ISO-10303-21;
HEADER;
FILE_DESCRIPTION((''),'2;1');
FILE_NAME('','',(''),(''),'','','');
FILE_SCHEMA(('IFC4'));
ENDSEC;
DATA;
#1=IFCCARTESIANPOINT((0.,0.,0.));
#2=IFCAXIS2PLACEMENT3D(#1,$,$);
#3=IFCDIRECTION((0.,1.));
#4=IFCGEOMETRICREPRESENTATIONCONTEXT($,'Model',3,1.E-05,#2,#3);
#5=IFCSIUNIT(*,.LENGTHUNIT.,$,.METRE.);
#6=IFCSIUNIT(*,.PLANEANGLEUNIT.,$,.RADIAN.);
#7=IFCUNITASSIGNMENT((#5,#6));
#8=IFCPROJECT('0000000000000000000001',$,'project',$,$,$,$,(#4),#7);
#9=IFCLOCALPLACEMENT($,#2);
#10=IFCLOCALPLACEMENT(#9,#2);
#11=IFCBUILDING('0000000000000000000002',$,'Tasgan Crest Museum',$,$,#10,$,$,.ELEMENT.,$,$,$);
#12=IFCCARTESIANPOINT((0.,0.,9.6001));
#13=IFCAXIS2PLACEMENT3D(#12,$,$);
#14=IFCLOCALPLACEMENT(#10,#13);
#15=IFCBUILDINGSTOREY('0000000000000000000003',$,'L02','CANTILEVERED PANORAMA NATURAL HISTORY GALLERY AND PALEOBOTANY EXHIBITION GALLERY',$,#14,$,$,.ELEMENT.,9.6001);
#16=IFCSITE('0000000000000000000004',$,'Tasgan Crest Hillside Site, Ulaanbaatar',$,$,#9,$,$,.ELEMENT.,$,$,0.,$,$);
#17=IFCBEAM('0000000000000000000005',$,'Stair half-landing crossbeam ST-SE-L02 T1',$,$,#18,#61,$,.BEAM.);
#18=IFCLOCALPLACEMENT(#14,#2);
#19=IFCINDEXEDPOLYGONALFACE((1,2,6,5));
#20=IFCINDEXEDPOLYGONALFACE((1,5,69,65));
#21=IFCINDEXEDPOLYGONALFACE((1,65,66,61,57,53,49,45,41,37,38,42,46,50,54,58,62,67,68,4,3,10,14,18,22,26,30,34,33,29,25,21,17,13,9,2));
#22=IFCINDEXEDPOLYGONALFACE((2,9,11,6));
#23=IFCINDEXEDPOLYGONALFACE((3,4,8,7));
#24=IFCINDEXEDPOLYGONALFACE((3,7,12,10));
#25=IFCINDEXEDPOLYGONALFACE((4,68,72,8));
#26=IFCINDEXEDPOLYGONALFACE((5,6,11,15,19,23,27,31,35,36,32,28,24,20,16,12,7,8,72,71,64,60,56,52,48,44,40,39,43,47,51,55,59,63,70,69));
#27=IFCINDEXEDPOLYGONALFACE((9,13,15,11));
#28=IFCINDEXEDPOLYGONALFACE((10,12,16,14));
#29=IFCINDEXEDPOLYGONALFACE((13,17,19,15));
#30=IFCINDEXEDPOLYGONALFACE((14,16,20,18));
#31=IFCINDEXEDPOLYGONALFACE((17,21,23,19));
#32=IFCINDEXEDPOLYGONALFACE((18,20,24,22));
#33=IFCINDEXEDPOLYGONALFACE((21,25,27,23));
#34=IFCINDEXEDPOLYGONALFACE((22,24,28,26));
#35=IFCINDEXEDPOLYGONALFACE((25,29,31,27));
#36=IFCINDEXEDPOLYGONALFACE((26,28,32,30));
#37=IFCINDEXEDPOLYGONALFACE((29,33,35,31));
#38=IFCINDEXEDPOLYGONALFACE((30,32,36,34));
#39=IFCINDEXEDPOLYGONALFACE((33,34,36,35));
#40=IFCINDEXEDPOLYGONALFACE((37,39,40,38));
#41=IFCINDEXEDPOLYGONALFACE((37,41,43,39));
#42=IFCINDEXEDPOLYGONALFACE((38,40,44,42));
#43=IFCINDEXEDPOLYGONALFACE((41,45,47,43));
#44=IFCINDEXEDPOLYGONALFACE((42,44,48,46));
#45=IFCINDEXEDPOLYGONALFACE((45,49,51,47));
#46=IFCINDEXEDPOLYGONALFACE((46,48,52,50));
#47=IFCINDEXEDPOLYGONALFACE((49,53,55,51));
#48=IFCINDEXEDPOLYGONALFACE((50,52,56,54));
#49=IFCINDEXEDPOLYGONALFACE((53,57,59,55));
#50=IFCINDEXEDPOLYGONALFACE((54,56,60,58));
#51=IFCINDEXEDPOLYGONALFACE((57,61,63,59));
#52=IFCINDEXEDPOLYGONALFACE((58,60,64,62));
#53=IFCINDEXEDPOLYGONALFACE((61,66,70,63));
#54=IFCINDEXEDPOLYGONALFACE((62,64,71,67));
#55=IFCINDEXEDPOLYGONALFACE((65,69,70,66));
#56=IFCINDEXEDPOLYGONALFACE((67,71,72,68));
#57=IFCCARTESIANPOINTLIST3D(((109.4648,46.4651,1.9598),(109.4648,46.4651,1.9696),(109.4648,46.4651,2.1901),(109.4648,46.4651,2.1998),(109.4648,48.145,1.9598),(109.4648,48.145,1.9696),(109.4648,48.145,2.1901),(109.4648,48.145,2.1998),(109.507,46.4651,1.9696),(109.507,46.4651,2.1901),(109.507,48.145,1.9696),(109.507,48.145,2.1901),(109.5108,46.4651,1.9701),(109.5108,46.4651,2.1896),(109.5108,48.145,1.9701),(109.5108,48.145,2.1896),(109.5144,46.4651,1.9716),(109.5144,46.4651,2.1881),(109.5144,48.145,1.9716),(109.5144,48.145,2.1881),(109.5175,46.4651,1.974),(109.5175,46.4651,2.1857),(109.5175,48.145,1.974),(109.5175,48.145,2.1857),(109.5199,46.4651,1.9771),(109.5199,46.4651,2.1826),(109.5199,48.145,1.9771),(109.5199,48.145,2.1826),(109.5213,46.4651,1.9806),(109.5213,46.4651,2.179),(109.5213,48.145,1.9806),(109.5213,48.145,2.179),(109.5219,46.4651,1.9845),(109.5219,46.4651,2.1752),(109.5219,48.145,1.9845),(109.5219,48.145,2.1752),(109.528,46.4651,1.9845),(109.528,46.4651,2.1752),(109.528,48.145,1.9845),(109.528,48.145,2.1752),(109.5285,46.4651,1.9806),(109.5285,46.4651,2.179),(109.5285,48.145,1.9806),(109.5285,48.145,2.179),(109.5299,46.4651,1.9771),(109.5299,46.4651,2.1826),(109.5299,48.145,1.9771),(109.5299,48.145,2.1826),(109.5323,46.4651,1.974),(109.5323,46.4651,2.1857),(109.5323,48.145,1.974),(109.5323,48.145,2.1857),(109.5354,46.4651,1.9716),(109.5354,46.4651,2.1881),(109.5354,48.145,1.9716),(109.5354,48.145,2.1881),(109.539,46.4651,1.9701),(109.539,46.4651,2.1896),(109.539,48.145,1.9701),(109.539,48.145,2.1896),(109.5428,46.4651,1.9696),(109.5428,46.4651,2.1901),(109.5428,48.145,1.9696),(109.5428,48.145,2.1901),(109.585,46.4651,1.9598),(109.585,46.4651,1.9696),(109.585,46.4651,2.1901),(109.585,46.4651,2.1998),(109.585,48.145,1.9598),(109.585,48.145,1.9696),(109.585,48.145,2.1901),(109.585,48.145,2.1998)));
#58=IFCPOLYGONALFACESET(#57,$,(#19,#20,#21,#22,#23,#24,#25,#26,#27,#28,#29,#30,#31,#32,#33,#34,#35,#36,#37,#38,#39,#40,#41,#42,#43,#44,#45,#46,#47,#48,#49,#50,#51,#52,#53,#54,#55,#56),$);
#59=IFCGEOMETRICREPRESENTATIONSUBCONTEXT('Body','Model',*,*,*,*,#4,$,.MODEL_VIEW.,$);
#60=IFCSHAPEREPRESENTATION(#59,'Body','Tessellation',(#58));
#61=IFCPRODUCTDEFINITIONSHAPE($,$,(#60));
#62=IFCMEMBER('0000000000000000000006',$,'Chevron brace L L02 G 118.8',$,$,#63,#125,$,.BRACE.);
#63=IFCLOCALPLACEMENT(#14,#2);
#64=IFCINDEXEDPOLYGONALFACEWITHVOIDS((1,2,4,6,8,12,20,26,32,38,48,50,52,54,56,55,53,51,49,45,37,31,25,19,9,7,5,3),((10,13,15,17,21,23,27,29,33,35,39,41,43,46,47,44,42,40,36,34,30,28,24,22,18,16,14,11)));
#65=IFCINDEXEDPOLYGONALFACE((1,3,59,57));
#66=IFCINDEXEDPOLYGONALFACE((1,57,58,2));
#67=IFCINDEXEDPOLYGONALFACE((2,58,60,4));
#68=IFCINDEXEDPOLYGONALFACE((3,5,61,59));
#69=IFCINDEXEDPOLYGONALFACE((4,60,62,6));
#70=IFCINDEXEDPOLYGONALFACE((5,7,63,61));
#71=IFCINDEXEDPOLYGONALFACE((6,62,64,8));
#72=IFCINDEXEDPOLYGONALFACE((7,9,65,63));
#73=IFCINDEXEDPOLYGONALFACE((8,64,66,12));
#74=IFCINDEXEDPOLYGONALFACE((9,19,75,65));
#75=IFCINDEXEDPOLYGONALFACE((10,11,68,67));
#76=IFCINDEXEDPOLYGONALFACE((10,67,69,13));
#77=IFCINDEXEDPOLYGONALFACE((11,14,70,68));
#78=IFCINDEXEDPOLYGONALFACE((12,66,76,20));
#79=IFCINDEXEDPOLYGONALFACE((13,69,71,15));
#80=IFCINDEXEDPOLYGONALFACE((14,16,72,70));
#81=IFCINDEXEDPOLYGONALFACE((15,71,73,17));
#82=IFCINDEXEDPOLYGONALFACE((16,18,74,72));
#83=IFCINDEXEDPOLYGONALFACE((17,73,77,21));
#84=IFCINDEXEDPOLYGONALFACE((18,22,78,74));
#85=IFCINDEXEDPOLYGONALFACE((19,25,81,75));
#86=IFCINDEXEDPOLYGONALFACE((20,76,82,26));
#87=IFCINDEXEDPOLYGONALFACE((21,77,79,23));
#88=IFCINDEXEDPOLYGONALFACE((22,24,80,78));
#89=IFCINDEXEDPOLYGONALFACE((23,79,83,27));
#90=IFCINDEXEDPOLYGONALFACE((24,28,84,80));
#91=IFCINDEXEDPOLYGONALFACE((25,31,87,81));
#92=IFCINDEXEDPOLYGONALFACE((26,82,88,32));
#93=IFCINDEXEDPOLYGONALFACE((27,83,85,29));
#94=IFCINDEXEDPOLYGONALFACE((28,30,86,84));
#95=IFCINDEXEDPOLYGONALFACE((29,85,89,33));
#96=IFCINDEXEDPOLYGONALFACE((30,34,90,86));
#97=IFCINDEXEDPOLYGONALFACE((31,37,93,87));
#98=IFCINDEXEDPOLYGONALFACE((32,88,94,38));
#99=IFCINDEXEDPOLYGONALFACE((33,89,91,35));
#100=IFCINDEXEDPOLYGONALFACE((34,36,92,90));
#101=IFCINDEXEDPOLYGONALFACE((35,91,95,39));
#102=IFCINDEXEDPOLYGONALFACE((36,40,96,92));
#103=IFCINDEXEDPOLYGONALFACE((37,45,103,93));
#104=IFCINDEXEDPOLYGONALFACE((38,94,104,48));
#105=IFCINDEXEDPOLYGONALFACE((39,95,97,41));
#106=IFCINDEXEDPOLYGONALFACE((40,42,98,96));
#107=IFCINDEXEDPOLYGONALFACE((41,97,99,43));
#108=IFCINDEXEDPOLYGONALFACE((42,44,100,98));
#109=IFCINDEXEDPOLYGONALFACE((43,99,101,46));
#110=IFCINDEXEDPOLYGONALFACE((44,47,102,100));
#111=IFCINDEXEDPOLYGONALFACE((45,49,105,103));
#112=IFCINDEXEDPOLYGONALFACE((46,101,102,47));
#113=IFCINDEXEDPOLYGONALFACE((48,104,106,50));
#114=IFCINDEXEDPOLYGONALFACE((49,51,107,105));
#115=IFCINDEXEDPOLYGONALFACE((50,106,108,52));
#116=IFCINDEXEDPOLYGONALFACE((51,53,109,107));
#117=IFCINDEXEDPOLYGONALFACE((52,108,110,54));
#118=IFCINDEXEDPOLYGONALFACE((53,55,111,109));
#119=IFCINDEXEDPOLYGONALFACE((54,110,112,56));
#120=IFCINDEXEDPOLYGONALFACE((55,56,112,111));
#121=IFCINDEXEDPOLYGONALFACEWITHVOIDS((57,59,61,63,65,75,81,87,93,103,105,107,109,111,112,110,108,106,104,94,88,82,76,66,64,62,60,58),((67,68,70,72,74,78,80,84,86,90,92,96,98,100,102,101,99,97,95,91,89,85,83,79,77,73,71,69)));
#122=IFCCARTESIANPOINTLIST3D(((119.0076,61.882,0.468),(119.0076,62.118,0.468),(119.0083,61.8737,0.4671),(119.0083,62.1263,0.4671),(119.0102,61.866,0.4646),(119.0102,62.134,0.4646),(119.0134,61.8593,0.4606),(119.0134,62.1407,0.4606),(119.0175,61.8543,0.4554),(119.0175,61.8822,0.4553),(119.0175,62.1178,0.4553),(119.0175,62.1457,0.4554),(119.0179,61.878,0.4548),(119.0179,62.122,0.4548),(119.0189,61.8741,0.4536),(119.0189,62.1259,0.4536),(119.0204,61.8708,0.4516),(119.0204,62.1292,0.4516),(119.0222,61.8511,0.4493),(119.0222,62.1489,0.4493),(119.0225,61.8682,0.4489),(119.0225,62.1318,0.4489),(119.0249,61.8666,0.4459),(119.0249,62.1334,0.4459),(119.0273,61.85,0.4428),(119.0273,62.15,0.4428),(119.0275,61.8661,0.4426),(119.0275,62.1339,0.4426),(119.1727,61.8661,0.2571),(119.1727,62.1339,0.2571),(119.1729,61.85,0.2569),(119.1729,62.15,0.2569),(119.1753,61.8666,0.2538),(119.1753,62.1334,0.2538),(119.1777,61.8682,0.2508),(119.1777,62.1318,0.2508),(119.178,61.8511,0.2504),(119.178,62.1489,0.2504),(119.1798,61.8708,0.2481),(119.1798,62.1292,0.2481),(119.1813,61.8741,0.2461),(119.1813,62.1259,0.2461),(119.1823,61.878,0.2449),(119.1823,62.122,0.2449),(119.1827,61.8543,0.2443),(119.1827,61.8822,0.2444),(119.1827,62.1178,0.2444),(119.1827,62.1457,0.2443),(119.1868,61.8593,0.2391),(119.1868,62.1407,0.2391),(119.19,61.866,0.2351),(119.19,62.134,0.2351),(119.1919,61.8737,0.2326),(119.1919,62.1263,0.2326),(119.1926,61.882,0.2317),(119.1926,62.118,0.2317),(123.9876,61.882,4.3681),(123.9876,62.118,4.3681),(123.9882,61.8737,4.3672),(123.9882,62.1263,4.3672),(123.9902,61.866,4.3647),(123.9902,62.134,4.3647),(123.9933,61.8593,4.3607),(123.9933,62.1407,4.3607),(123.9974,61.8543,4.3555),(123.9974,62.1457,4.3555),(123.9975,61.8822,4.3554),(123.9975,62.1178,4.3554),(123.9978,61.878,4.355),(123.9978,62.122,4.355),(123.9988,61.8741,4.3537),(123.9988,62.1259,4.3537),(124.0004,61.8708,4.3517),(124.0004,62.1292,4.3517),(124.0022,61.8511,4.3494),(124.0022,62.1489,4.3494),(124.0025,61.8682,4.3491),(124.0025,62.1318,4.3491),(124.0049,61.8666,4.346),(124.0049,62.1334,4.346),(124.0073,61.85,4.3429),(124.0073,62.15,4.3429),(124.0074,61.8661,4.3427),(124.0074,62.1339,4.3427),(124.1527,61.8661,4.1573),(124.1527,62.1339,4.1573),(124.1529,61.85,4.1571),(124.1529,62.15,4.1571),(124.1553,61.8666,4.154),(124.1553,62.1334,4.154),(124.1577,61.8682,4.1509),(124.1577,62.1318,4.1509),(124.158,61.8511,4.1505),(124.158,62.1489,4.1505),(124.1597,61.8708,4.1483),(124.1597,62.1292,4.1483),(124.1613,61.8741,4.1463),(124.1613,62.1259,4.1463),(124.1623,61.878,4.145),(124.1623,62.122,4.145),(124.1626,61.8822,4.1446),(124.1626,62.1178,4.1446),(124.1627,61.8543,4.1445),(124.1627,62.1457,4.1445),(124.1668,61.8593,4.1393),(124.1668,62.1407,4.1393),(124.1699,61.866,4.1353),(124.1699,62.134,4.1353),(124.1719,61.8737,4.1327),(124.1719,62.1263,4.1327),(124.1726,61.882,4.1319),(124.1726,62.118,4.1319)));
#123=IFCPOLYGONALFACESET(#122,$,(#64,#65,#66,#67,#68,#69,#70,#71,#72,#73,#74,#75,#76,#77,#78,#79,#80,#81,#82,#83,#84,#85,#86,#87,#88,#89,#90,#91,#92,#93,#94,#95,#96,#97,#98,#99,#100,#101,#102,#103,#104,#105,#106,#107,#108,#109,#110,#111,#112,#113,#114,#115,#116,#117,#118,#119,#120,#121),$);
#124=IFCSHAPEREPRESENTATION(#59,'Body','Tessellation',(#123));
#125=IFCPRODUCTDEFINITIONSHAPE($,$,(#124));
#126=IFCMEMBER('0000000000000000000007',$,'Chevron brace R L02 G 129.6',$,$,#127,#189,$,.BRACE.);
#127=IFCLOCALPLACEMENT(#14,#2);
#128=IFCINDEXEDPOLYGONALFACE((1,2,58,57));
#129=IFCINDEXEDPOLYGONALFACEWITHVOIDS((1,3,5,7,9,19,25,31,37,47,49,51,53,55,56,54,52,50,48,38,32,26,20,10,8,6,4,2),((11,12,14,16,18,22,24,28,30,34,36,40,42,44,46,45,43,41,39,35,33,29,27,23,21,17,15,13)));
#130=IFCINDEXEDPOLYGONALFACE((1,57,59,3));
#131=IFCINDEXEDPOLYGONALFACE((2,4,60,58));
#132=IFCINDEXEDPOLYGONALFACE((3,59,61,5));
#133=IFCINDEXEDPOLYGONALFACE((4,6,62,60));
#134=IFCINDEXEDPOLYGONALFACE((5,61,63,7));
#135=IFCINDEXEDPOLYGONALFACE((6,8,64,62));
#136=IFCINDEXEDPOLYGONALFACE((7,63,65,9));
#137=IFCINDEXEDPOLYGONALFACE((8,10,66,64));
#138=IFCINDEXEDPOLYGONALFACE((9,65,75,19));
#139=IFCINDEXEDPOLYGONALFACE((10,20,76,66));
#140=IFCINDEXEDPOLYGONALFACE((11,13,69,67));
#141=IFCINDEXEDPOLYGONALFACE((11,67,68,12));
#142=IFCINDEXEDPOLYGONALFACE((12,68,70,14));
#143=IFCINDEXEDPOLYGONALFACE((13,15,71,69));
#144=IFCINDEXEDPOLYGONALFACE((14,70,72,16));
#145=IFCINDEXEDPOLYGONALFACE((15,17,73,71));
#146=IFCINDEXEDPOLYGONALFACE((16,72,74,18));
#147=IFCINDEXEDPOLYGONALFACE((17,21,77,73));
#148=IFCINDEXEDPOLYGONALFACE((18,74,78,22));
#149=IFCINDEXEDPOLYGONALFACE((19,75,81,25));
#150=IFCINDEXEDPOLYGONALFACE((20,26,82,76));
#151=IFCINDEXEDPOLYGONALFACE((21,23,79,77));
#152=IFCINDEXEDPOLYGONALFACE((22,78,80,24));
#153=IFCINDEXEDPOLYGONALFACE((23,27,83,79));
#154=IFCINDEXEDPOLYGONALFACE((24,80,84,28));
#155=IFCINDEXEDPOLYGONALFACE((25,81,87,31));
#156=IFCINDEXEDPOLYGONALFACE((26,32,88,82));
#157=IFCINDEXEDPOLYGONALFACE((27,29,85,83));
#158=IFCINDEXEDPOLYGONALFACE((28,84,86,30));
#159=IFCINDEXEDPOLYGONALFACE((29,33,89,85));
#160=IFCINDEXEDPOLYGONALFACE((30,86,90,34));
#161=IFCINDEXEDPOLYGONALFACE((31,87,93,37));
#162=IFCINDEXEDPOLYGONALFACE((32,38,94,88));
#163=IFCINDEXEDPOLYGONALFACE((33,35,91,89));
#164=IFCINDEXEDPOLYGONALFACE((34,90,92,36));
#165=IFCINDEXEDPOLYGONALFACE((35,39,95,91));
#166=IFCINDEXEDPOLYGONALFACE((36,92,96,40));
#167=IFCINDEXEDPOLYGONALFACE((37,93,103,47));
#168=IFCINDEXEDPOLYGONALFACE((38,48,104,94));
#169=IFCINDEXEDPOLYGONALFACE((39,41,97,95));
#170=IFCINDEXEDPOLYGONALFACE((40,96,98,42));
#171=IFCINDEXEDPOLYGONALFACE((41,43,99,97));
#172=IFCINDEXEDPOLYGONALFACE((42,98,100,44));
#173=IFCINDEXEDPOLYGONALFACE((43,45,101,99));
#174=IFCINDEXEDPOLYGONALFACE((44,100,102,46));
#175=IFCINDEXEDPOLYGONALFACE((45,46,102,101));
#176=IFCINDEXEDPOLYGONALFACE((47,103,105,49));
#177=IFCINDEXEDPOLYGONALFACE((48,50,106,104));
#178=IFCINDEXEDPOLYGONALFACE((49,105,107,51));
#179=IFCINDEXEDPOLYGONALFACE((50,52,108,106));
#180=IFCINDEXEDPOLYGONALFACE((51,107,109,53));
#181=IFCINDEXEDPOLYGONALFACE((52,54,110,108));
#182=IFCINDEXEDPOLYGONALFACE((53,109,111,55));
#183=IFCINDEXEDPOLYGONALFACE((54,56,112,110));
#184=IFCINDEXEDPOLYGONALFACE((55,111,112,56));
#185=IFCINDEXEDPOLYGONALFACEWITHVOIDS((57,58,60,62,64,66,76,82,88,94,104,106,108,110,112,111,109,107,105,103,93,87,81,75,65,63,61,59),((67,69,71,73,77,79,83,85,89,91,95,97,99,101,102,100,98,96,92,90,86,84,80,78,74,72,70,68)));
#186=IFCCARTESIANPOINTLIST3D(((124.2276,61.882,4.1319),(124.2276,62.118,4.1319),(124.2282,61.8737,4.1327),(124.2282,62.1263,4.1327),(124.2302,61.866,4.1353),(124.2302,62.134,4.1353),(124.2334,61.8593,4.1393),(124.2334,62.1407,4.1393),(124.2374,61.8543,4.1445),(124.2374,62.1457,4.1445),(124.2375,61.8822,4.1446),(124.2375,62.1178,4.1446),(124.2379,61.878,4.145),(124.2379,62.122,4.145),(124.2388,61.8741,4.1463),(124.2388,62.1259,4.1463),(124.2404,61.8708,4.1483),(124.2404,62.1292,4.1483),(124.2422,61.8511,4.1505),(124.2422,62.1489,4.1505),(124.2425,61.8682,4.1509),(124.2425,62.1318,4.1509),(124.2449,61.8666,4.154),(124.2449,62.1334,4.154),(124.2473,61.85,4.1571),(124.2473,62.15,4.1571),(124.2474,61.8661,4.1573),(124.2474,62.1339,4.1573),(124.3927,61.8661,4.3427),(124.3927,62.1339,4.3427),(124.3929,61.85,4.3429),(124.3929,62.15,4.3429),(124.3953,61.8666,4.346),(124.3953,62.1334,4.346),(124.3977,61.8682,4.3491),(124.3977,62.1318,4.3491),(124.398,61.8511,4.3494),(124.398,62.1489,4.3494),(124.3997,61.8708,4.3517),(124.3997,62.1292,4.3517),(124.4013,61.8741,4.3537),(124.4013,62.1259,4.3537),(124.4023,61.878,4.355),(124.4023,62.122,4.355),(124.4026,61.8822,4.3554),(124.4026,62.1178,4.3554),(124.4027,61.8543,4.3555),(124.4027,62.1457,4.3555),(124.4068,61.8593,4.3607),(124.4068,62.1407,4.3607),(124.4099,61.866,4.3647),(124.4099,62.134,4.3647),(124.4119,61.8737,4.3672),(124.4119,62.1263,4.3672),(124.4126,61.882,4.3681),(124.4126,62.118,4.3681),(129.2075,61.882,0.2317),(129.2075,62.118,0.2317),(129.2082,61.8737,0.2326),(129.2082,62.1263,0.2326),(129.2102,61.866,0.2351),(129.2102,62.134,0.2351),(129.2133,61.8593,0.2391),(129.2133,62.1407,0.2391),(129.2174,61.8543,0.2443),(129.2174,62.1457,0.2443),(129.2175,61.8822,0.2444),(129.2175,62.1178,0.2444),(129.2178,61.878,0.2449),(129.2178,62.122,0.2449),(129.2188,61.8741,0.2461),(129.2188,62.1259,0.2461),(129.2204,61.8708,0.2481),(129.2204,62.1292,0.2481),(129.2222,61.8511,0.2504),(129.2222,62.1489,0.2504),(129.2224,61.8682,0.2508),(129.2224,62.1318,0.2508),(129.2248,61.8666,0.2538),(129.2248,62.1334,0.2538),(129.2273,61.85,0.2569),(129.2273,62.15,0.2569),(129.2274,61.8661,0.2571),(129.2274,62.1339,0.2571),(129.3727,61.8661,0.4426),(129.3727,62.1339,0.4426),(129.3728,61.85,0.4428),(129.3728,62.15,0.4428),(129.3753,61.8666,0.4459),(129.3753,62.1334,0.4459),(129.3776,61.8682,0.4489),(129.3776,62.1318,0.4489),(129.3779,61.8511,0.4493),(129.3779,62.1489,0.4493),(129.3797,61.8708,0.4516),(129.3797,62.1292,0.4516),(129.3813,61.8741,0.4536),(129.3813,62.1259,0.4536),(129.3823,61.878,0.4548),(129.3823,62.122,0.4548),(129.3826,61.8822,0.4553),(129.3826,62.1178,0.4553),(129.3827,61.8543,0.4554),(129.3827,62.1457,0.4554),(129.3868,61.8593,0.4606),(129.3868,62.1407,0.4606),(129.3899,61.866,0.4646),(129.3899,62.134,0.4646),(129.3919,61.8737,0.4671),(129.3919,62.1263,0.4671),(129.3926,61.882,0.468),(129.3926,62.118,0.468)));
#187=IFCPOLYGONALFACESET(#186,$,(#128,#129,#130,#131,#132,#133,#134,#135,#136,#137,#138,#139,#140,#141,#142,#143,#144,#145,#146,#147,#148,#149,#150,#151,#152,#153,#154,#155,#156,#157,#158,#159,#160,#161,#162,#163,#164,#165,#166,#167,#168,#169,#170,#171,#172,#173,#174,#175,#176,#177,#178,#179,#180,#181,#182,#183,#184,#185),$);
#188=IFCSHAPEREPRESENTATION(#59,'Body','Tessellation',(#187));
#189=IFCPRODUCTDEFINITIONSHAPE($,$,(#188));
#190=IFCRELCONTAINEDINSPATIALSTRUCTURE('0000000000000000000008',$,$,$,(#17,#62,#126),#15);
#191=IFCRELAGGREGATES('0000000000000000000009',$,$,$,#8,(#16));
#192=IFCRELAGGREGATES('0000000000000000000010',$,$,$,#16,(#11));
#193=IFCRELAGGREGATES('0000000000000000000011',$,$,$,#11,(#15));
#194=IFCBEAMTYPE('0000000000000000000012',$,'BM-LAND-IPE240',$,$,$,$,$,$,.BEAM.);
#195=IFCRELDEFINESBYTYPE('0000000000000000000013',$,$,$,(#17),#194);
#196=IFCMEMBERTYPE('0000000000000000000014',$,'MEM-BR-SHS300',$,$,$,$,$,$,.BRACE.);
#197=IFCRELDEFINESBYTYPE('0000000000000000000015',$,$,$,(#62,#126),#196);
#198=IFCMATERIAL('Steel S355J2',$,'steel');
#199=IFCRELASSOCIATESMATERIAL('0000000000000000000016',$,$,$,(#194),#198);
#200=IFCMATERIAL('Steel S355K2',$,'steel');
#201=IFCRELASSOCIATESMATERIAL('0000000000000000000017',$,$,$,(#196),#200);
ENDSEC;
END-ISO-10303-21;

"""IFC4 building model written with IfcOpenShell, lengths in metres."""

from ifc_helpers import new_model, si_unit, direction, frame, origin, origin_2d, place, context, subcontext, project, spatial, hollow_rectangle, i_section, extrude, material, material_profile, profile_set, type_object, element, save


model = new_model("IFC4")

# Units and contexts
model_context = context("Model", 3, precision=1e-05, world=origin(), true_north=direction((0.0, 1.0)))
body_context = subcontext(model_context, "Body", "Model", "MODEL_VIEW")
ifc_project = project(units=[si_unit("LENGTHUNIT", "METRE"), si_unit("PLANEANGLEUNIT", "RADIAN")], contexts=[model_context])

# Site, building, storey
site_placement = place(None, origin())
site = spatial("IfcSite", under=ifc_project, at=site_placement, Name="Tasgan Crest Hillside Site, Ulaanbaatar", CompositionType="ELEMENT", RefElevation=0.0)
building_placement = place(site_placement, origin())
building = spatial("IfcBuilding", under=site, at=building_placement, Name="Tasgan Crest Museum", CompositionType="ELEMENT")
storey_placement = place(building_placement, frame((0.0, 0.0, 9.6001)))
storey = spatial("IfcBuildingStorey", under=building, at=storey_placement, Name="L02", Description="CANTILEVERED PANORAMA NATURAL HISTORY GALLERY AND PALEOBOTANY EXHIBITION GALLERY", CompositionType="ELEMENT", Elevation=9.6001)

# Beam
ifc_material_1 = material(Name="Steel S355J2", Category="steel")
ifc_material_profile_1 = material_profile(ifc_material_1, i_section(OverallWidth=0.1201, OverallDepth=0.24, WebThickness=0.0061, FlangeThickness=0.0098, FilletRadius=0.0149, at=origin_2d()), Name="IPE 240")
ifc_profile_set_1 = profile_set([ifc_material_profile_1], Name="Steel S355J2")
beam_type_1 = type_object("IfcBeamType", Name="BM-LAND-IPE240", PredefinedType="BEAM", material=ifc_profile_set_1)
beam_1_placement = place(storey_placement, frame((109.5249, 46.4651, 2.0798), z_axis=(0.0, 1.0, 0.0), x_axis=(-1.0, 0.0, 0.0)))
element("IfcBeam", 1, at=beam_1_placement, inside=storey, type_object=beam_type_1, Name="Stair half-landing crossbeam ST-SE-L02 T1", PredefinedType="BEAM", context=body_context, shape_type="SweptSolid", body=[
    extrude(i_section(OverallWidth=0.1201, OverallDepth=0.24, WebThickness=0.0061, FlangeThickness=0.0098, FilletRadius=0.0149, at=origin_2d()), origin(), (0.0, 0.0, 1.0), 1.6799),
])

# Members
ifc_material_2 = material(Name="Steel S355K2", Category="steel")
ifc_material_profile_2 = material_profile(ifc_material_2, hollow_rectangle(XDim=0.3, YDim=0.3, WallThickness=0.0161, InnerFilletRadius=0.0161, OuterFilletRadius=0.032, at=origin_2d()), Name="SHS 300x300x16")
ifc_profile_set_2 = profile_set([ifc_material_profile_2], Name="Steel S355K2")
member_type = type_object("IfcMemberType", Name="MEM-BR-SHS300", PredefinedType="BRACE", material=ifc_profile_set_2)
for number, where, z_axis, x_axis, name in (
    (2, (119.1001, 62.0, 0.3499), (0.787292, 0.0, 0.61658), (0.0, 1.0, 0.0), "Chevron brace L L02 G 118.8"),
    (3, (129.3, 62.0, 0.3499), (-0.787292, 0.0, 0.61658), (0.0, -1.0, 0.0), "Chevron brace R L02 G 129.6"),
):
    element("IfcMember", number, at=place(storey_placement, frame(where, z_axis=z_axis, x_axis=x_axis)), inside=storey, type_object=member_type, Name=name, PredefinedType="BRACE", context=body_context, shape_type="SweptSolid", body=[
        extrude(hollow_rectangle(XDim=0.3, YDim=0.3, WallThickness=0.0161, InnerFilletRadius=0.0161, OuterFilletRadius=0.032, at=origin_2d()), origin(), (0.0, 0.0, 1.0), 6.3254),
    ])

save(model, "model.ifc")
